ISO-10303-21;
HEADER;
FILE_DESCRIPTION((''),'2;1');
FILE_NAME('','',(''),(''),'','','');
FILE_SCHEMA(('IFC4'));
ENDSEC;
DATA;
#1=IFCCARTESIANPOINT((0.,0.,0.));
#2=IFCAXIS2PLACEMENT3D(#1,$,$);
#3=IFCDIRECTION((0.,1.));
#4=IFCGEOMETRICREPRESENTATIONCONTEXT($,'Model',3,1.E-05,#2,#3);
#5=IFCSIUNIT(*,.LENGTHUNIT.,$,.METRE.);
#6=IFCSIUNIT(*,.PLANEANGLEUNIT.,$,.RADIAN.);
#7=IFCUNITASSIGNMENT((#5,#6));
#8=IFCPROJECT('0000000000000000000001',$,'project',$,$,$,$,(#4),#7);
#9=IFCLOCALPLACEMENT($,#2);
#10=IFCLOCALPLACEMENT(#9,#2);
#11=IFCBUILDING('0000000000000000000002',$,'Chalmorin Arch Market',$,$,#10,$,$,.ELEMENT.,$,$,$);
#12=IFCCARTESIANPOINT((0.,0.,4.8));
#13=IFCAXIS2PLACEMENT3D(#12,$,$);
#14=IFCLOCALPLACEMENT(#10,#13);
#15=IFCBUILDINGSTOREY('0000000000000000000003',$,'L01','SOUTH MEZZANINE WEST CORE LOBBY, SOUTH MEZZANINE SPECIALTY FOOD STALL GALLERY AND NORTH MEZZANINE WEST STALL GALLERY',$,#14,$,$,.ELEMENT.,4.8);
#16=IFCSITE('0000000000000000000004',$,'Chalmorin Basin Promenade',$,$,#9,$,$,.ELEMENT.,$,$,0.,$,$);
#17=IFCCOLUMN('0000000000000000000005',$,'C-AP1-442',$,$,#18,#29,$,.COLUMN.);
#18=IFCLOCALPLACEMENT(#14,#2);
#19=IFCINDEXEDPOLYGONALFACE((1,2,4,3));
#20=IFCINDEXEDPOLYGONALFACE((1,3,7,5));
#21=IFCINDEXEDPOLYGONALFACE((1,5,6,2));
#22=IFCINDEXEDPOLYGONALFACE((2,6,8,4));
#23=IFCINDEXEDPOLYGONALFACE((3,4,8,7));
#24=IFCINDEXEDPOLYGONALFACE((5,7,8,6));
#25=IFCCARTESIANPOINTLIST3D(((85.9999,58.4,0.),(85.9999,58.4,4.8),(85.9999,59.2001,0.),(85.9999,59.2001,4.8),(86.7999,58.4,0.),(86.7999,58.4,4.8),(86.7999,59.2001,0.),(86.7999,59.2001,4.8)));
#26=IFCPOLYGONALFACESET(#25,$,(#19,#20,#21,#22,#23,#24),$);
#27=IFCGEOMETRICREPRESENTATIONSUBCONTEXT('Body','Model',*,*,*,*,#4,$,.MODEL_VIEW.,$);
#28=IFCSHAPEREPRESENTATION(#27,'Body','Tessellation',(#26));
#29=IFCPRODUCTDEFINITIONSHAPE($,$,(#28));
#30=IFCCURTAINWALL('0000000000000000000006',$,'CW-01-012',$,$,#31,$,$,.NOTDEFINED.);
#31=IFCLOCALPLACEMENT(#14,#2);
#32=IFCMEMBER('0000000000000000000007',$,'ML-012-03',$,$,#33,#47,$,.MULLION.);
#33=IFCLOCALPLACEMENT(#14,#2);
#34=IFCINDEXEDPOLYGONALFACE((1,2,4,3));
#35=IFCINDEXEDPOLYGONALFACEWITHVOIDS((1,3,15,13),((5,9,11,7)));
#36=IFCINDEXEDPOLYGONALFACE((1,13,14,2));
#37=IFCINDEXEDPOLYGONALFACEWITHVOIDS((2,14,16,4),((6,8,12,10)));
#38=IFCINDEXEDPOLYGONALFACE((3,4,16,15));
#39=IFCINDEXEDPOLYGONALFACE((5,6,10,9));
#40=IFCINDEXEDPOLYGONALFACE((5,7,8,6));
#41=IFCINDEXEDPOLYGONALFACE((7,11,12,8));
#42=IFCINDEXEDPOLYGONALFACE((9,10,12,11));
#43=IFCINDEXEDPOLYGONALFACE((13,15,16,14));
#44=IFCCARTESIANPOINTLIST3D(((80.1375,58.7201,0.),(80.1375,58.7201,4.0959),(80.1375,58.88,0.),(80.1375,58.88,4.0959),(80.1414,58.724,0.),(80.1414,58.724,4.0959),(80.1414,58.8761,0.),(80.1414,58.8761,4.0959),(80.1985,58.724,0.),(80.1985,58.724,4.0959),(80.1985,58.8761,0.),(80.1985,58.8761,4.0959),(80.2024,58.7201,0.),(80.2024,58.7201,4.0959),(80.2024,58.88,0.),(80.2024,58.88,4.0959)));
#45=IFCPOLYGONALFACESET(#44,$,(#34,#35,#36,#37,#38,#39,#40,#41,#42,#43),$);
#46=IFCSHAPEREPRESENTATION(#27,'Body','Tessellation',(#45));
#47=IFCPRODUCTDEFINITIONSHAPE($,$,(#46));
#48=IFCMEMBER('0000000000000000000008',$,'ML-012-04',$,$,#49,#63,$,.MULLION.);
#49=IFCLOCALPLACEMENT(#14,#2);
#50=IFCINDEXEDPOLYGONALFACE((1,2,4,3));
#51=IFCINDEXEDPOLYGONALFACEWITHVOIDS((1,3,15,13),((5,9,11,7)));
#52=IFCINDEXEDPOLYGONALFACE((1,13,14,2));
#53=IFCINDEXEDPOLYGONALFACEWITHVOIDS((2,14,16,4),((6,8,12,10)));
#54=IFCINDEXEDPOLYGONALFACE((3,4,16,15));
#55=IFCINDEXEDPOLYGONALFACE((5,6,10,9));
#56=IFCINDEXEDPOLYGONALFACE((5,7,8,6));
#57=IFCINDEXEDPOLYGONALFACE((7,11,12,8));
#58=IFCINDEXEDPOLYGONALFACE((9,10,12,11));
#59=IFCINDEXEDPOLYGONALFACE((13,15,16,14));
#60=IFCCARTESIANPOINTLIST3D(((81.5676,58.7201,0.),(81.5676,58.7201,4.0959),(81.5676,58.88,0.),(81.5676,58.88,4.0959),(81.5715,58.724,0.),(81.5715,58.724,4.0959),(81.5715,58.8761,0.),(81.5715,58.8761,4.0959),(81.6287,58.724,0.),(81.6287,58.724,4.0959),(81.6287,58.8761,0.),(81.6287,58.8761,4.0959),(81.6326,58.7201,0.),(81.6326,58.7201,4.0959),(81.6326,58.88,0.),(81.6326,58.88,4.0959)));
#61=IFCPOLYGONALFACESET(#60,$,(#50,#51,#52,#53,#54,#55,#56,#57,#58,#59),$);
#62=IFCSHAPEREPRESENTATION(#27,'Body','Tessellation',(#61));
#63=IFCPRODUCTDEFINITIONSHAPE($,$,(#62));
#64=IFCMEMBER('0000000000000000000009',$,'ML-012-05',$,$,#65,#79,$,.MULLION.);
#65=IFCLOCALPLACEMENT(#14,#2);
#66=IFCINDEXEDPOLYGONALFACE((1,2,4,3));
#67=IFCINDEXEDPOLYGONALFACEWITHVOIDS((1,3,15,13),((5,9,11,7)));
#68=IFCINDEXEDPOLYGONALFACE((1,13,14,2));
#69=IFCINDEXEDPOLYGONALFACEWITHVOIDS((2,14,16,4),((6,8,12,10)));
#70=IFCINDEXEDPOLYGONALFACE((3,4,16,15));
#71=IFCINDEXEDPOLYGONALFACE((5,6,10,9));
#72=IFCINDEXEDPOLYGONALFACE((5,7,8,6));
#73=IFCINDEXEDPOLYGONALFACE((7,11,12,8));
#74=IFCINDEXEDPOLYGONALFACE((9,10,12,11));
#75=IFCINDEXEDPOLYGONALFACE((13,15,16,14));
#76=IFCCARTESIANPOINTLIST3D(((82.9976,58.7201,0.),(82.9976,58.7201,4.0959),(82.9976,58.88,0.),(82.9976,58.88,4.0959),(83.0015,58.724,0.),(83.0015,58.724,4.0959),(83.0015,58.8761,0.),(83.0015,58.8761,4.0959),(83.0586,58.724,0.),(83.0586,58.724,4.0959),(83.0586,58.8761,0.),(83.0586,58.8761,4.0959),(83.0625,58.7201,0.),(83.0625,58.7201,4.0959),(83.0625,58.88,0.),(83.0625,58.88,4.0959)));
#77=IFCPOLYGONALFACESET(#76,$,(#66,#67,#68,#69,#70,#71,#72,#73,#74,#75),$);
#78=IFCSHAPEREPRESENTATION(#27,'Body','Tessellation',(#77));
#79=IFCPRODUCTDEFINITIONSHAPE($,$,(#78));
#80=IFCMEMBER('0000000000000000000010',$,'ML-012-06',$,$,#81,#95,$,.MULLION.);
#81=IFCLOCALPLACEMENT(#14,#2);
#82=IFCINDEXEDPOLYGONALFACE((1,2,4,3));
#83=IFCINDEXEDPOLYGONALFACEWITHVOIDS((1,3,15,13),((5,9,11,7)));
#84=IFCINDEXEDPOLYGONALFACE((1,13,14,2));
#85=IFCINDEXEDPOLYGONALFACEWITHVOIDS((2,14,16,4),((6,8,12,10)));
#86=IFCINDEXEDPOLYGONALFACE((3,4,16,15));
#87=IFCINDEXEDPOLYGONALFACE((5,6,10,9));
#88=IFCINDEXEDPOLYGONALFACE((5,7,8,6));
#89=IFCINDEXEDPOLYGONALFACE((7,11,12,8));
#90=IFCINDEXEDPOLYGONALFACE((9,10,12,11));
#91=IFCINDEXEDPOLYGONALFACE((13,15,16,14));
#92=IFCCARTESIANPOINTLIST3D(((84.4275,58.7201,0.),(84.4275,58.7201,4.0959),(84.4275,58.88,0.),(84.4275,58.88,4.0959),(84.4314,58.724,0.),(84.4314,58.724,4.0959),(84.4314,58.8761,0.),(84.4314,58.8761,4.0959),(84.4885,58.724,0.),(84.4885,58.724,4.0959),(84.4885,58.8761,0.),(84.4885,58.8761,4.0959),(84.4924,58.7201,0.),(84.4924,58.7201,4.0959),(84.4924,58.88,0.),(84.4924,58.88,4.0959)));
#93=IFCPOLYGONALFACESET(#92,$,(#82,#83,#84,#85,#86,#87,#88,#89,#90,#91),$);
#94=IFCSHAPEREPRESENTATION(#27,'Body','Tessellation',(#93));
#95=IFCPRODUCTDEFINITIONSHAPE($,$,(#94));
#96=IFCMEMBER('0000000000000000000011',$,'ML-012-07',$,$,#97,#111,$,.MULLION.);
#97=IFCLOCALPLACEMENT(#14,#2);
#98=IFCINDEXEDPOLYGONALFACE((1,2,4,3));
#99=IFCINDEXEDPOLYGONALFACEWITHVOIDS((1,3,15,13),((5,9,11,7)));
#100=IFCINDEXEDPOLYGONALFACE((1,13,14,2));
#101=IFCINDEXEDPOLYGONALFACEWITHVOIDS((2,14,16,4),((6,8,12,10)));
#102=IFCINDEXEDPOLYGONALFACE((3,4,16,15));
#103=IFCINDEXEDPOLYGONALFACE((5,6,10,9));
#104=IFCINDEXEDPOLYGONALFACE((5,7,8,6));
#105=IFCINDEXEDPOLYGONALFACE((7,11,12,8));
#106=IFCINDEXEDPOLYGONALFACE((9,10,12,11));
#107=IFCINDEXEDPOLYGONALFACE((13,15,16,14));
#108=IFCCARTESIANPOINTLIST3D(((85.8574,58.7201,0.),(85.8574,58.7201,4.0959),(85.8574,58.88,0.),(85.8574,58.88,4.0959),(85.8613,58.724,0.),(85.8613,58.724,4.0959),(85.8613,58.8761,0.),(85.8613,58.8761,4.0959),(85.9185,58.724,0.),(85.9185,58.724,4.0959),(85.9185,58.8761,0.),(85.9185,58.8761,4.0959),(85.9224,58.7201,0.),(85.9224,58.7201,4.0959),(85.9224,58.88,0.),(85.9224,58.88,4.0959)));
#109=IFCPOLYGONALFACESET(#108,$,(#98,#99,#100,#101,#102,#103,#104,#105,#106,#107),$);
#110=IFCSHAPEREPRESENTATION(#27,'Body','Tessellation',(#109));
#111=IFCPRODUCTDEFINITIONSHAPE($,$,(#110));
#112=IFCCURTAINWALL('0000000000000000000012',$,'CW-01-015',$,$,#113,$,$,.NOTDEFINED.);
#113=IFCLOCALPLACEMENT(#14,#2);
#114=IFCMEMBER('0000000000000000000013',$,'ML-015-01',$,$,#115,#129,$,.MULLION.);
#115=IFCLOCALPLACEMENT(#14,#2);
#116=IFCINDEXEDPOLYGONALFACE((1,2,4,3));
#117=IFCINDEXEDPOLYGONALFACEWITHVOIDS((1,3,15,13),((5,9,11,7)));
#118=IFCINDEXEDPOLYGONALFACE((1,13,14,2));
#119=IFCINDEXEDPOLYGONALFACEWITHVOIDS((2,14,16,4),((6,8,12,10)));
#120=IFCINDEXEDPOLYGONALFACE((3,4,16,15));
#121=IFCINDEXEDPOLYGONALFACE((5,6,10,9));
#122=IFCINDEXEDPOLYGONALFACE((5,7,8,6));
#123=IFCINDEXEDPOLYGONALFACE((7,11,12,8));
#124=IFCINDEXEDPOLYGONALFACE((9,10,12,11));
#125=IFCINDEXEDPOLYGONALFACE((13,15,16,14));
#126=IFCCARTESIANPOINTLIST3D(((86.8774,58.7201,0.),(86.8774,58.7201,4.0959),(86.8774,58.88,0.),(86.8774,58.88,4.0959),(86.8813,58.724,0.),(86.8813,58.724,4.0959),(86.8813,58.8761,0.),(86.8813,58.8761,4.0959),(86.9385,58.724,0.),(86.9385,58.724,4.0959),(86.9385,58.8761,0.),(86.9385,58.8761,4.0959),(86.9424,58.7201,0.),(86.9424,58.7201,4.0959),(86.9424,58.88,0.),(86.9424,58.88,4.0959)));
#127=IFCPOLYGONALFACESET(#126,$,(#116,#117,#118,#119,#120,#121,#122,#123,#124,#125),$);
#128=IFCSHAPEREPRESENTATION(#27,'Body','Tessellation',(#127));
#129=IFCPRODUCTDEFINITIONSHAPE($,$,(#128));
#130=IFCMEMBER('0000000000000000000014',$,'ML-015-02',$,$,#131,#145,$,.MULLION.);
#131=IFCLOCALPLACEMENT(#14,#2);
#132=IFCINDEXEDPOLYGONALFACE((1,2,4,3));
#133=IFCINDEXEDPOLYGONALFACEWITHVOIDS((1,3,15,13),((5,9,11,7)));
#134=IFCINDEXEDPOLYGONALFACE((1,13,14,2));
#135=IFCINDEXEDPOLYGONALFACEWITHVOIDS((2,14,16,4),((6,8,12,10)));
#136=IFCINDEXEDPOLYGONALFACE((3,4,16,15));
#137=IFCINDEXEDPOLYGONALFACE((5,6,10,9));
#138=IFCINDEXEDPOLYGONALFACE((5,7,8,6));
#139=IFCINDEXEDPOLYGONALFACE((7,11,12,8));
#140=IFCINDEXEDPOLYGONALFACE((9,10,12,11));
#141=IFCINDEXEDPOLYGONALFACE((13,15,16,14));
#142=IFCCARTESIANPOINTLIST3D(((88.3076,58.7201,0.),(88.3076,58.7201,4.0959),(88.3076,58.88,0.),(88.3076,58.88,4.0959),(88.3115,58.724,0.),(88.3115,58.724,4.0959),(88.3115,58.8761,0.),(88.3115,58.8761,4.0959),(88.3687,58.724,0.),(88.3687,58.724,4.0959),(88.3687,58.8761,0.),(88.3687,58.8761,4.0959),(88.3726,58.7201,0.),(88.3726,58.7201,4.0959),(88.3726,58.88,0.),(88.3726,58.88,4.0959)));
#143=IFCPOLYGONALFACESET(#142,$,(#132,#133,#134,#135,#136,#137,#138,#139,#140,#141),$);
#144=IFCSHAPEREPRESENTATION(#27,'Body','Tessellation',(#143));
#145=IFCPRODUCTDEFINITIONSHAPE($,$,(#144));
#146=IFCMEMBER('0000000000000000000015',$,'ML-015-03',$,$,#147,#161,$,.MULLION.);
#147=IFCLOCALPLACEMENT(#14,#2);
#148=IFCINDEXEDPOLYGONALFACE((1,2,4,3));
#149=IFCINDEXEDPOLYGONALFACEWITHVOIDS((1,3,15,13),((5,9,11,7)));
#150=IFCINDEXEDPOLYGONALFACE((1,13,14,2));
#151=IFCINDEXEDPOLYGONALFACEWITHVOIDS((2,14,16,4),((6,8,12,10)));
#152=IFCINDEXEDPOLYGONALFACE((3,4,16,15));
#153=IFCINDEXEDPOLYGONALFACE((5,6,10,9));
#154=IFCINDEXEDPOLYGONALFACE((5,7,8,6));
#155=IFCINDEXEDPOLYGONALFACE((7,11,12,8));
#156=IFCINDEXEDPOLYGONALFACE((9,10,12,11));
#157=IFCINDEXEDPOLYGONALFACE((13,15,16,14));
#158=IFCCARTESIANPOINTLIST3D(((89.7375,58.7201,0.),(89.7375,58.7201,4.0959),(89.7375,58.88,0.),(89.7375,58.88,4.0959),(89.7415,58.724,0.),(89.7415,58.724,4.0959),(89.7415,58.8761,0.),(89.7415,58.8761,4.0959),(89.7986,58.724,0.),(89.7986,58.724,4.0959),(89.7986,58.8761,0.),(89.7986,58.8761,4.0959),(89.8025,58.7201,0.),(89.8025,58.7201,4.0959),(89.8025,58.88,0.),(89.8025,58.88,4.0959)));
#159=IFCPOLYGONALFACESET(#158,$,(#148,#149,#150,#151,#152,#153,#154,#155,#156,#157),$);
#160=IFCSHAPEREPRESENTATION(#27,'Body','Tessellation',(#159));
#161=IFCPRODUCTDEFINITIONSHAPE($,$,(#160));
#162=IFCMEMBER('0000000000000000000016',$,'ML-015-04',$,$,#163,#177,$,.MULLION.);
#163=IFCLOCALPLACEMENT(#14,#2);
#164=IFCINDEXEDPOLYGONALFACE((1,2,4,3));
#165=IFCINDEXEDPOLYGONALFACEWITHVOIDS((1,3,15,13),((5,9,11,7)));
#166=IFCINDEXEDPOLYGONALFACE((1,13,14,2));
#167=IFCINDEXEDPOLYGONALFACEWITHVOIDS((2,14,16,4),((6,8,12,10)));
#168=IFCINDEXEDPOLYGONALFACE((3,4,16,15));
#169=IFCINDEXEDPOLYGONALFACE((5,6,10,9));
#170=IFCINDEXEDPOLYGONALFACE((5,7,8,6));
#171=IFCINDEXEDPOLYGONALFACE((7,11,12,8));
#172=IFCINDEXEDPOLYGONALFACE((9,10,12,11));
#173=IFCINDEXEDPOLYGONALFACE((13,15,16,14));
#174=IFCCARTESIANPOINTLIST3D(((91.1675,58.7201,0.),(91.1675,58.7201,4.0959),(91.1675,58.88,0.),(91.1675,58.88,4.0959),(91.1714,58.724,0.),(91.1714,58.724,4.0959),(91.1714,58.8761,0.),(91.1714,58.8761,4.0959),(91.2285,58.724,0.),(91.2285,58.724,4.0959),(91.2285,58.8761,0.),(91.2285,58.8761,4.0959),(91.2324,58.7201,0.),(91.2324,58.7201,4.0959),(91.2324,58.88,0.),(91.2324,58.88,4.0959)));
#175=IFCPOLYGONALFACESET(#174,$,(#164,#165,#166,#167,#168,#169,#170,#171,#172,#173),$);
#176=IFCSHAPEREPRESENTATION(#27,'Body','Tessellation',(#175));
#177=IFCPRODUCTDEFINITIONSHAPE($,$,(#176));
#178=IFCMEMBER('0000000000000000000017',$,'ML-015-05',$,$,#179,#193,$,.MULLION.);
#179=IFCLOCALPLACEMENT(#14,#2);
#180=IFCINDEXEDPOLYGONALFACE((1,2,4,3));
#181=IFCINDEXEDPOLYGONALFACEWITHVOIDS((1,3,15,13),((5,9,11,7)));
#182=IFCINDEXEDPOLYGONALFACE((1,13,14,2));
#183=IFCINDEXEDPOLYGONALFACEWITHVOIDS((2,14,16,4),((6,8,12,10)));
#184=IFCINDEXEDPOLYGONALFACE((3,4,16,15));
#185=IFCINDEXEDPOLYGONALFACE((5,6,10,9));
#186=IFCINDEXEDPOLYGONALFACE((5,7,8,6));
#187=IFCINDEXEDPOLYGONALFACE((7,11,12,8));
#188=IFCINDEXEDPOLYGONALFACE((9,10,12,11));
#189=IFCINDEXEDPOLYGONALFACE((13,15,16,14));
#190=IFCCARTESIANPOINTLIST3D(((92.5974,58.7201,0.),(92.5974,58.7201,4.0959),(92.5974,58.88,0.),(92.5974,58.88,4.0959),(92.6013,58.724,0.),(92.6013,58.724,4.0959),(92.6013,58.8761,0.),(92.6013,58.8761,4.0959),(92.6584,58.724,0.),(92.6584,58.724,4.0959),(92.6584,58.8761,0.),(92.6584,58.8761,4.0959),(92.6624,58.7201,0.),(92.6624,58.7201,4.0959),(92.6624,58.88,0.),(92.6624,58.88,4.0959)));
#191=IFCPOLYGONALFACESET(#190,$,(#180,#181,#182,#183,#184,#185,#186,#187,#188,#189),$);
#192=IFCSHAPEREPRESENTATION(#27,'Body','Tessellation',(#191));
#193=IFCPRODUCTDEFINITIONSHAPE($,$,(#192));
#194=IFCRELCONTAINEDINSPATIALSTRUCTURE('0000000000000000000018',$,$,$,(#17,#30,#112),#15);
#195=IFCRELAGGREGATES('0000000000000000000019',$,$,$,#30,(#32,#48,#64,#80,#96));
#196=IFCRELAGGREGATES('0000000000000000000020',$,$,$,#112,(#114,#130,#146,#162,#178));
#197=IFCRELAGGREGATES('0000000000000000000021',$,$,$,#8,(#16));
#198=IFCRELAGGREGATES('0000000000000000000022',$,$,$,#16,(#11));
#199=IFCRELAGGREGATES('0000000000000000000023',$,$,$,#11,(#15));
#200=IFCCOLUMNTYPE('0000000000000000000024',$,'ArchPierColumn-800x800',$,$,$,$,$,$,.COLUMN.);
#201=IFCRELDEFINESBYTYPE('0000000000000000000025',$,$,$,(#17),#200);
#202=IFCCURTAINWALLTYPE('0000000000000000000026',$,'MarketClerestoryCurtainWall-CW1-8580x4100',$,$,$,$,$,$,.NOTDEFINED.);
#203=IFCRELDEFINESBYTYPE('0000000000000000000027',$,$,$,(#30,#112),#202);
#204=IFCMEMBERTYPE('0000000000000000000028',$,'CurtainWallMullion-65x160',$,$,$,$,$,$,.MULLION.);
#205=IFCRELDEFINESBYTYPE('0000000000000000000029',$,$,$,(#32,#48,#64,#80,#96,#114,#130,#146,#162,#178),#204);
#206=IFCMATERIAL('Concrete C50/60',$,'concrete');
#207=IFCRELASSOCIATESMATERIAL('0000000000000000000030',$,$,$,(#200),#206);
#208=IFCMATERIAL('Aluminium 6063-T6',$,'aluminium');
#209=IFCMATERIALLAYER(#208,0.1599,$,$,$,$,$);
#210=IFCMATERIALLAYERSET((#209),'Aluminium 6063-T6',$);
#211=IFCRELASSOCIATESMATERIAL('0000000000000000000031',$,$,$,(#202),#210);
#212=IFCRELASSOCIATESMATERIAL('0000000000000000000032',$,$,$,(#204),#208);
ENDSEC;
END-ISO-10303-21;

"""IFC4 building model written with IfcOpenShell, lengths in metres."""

from ifc_helpers import new_model, si_unit, direction, frame, origin, origin_2d, place, context, subcontext, project, spatial, rectangle, hollow_rectangle, extrude, material, layer, layer_set, material_profile, profile_set, type_object, element, aggregate, save


model = new_model("IFC4")

# Units and contexts
model_context = context("Model", 3, precision=1e-05, world=origin(), true_north=direction((0.0, 1.0)))
body_context = subcontext(model_context, "Body", "Model", "MODEL_VIEW")
ifc_project = project(units=[si_unit("LENGTHUNIT", "METRE"), si_unit("PLANEANGLEUNIT", "RADIAN")], contexts=[model_context])

# Site, building, storey
site_placement = place(None, origin())
site = spatial("IfcSite", under=ifc_project, at=site_placement, Name="Chalmorin Basin Promenade", CompositionType="ELEMENT", RefElevation=0.0)
building_placement = place(site_placement, origin())
building = spatial("IfcBuilding", under=site, at=building_placement, Name="Chalmorin Arch Market", CompositionType="ELEMENT")
storey_placement = place(building_placement, frame((0.0, 0.0, 4.8)))
storey = spatial("IfcBuildingStorey", under=building, at=storey_placement, Name="L01", Description="SOUTH MEZZANINE WEST CORE LOBBY, SOUTH MEZZANINE SPECIALTY FOOD STALL GALLERY AND NORTH MEZZANINE WEST STALL GALLERY", CompositionType="ELEMENT", Elevation=4.8)

# Column
ifc_material_1 = material(Name="Concrete C50/60", Category="concrete")
ifc_material_profile_1 = material_profile(ifc_material_1, rectangle(XDim=0.8, YDim=0.8, at=origin_2d()), Name="RC800X800")
ifc_profile_set_1 = profile_set([ifc_material_profile_1], Name="Concrete C50/60")
column_type = type_object("IfcColumnType", Name="ArchPierColumn-800x800", PredefinedType="COLUMN", material=ifc_profile_set_1)
column_placement = place(storey_placement, frame((86.3999, 58.8, 0.0), z_axis=(0.0, 0.0, 1.0), x_axis=(1.0, 0.0, 0.0)))
element("IfcColumn", 1, at=column_placement, inside=storey, type_object=column_type, Name="C-AP1-442", PredefinedType="COLUMN", context=body_context, shape_type="SweptSolid", body=[
    extrude(rectangle(XDim=0.8, YDim=0.8, at=origin_2d()), origin(), (0.0, 0.0, 1.0), 4.8),
])

# Curtain walls, members
ifc_material_2 = material(Name="Aluminium 6063-T6", Category="aluminium")
ifc_layer_1 = layer(ifc_material_2, 0.1599)
ifc_layer_set_1 = layer_set([ifc_layer_1], Name="Aluminium 6063-T6")
curtain_wall_type = type_object("IfcCurtainWallType", Name="MarketClerestoryCurtainWall-CW1-8580x4100", PredefinedType="NOTDEFINED", material=ifc_layer_set_1)
curtain_wall_1_placement = place(storey_placement, origin())
curtain_wall_1 = element("IfcCurtainWall", 2, at=curtain_wall_1_placement, inside=storey, type_object=curtain_wall_type, Name="CW-01-012", PredefinedType="NOTDEFINED")
ifc_material_profile_2 = material_profile(ifc_material_2, hollow_rectangle(XDim=0.0649, YDim=0.1599, WallThickness=0.0039, at=origin_2d()), Name="ALU65X160X4")
ifc_profile_set_2 = profile_set([ifc_material_profile_2], Name="Aluminium 6063-T6")
member_type_1 = type_object("IfcMemberType", Name="CurtainWallMullion-65x160", PredefinedType="MULLION", material=ifc_profile_set_2)
member_1_placement = place(storey_placement, frame((80.1699, 58.8, 0.0), z_axis=(0.0, 0.0, 1.0), x_axis=(1.0, 0.0, 0.0)))
member_1 = element("IfcMember", 3, at=member_1_placement, type_object=member_type_1, Name="ML-012-03", PredefinedType="MULLION", context=body_context, shape_type="SweptSolid", body=[
    extrude(hollow_rectangle(XDim=0.0649, YDim=0.1599, WallThickness=0.0039, at=origin_2d()), origin(), (0.0, 0.0, 1.0), 4.0959),
])
member_2_placement = place(storey_placement, frame((81.6001, 58.8, 0.0), z_axis=(0.0, 0.0, 1.0), x_axis=(1.0, 0.0, 0.0)))
member_2 = element("IfcMember", 4, at=member_2_placement, type_object=member_type_1, Name="ML-012-04", PredefinedType="MULLION", context=body_context, shape_type="SweptSolid", body=[
    extrude(hollow_rectangle(XDim=0.0649, YDim=0.1599, WallThickness=0.0039, at=origin_2d()), origin(), (0.0, 0.0, 1.0), 4.0959),
])
member_3_placement = place(storey_placement, frame((83.03, 58.8, 0.0), z_axis=(0.0, 0.0, 1.0), x_axis=(1.0, 0.0, 0.0)))
member_3 = element("IfcMember", 5, at=member_3_placement, type_object=member_type_1, Name="ML-012-05", PredefinedType="MULLION", context=body_context, shape_type="SweptSolid", body=[
    extrude(hollow_rectangle(XDim=0.0649, YDim=0.1599, WallThickness=0.0039, at=origin_2d()), origin(), (0.0, 0.0, 1.0), 4.0959),
])
member_4_placement = place(storey_placement, frame((84.46, 58.8, 0.0), z_axis=(0.0, 0.0, 1.0), x_axis=(1.0, 0.0, 0.0)))
member_4 = element("IfcMember", 6, at=member_4_placement, type_object=member_type_1, Name="ML-012-06", PredefinedType="MULLION", context=body_context, shape_type="SweptSolid", body=[
    extrude(hollow_rectangle(XDim=0.0649, YDim=0.1599, WallThickness=0.0039, at=origin_2d()), origin(), (0.0, 0.0, 1.0), 4.0959),
])
member_5_placement = place(storey_placement, frame((85.8899, 58.8, 0.0), z_axis=(0.0, 0.0, 1.0), x_axis=(1.0, 0.0, 0.0)))
member_5 = element("IfcMember", 7, at=member_5_placement, type_object=member_type_1, Name="ML-012-07", PredefinedType="MULLION", context=body_context, shape_type="SweptSolid", body=[
    extrude(hollow_rectangle(XDim=0.0649, YDim=0.1599, WallThickness=0.0039, at=origin_2d()), origin(), (0.0, 0.0, 1.0), 4.0959),
])
curtain_wall_2_placement = place(storey_placement, origin())
curtain_wall_2 = element("IfcCurtainWall", 8, at=curtain_wall_2_placement, inside=storey, type_object=curtain_wall_type, Name="CW-01-015", PredefinedType="NOTDEFINED")
member_6_placement = place(storey_placement, frame((86.9099, 58.8, 0.0), z_axis=(0.0, 0.0, 1.0), x_axis=(1.0, 0.0, 0.0)))
member_6 = element("IfcMember", 9, at=member_6_placement, type_object=member_type_1, Name="ML-015-01", PredefinedType="MULLION", context=body_context, shape_type="SweptSolid", body=[
    extrude(hollow_rectangle(XDim=0.0649, YDim=0.1599, WallThickness=0.0039, at=origin_2d()), origin(), (0.0, 0.0, 1.0), 4.0959),
])
member_7_placement = place(storey_placement, frame((88.3401, 58.8, 0.0), z_axis=(0.0, 0.0, 1.0), x_axis=(1.0, 0.0, 0.0)))
member_7 = element("IfcMember", 10, at=member_7_placement, type_object=member_type_1, Name="ML-015-02", PredefinedType="MULLION", context=body_context, shape_type="SweptSolid", body=[
    extrude(hollow_rectangle(XDim=0.0649, YDim=0.1599, WallThickness=0.0039, at=origin_2d()), origin(), (0.0, 0.0, 1.0), 4.0959),
])
member_8_placement = place(storey_placement, frame((89.77, 58.8, 0.0), z_axis=(0.0, 0.0, 1.0), x_axis=(1.0, 0.0, 0.0)))
member_8 = element("IfcMember", 11, at=member_8_placement, type_object=member_type_1, Name="ML-015-03", PredefinedType="MULLION", context=body_context, shape_type="SweptSolid", body=[
    extrude(hollow_rectangle(XDim=0.0649, YDim=0.1599, WallThickness=0.0039, at=origin_2d()), origin(), (0.0, 0.0, 1.0), 4.0959),
])
member_9_placement = place(storey_placement, frame((91.2, 58.8, 0.0), z_axis=(0.0, 0.0, 1.0), x_axis=(1.0, 0.0, 0.0)))
member_9 = element("IfcMember", 12, at=member_9_placement, type_object=member_type_1, Name="ML-015-04", PredefinedType="MULLION", context=body_context, shape_type="SweptSolid", body=[
    extrude(hollow_rectangle(XDim=0.0649, YDim=0.1599, WallThickness=0.0039, at=origin_2d()), origin(), (0.0, 0.0, 1.0), 4.0959),
])
member_10_placement = place(storey_placement, frame((92.6299, 58.8, 0.0), z_axis=(0.0, 0.0, 1.0), x_axis=(1.0, 0.0, 0.0)))
member_10 = element("IfcMember", 13, at=member_10_placement, type_object=member_type_1, Name="ML-015-05", PredefinedType="MULLION", context=body_context, shape_type="SweptSolid", body=[
    extrude(hollow_rectangle(XDim=0.0649, YDim=0.1599, WallThickness=0.0039, at=origin_2d()), origin(), (0.0, 0.0, 1.0), 4.0959),
])

aggregate(curtain_wall_1, [member_1, member_2, member_3, member_4, member_5])
aggregate(curtain_wall_2, [member_6, member_7, member_8, member_9, member_10])

save(model, "model.ifc")
